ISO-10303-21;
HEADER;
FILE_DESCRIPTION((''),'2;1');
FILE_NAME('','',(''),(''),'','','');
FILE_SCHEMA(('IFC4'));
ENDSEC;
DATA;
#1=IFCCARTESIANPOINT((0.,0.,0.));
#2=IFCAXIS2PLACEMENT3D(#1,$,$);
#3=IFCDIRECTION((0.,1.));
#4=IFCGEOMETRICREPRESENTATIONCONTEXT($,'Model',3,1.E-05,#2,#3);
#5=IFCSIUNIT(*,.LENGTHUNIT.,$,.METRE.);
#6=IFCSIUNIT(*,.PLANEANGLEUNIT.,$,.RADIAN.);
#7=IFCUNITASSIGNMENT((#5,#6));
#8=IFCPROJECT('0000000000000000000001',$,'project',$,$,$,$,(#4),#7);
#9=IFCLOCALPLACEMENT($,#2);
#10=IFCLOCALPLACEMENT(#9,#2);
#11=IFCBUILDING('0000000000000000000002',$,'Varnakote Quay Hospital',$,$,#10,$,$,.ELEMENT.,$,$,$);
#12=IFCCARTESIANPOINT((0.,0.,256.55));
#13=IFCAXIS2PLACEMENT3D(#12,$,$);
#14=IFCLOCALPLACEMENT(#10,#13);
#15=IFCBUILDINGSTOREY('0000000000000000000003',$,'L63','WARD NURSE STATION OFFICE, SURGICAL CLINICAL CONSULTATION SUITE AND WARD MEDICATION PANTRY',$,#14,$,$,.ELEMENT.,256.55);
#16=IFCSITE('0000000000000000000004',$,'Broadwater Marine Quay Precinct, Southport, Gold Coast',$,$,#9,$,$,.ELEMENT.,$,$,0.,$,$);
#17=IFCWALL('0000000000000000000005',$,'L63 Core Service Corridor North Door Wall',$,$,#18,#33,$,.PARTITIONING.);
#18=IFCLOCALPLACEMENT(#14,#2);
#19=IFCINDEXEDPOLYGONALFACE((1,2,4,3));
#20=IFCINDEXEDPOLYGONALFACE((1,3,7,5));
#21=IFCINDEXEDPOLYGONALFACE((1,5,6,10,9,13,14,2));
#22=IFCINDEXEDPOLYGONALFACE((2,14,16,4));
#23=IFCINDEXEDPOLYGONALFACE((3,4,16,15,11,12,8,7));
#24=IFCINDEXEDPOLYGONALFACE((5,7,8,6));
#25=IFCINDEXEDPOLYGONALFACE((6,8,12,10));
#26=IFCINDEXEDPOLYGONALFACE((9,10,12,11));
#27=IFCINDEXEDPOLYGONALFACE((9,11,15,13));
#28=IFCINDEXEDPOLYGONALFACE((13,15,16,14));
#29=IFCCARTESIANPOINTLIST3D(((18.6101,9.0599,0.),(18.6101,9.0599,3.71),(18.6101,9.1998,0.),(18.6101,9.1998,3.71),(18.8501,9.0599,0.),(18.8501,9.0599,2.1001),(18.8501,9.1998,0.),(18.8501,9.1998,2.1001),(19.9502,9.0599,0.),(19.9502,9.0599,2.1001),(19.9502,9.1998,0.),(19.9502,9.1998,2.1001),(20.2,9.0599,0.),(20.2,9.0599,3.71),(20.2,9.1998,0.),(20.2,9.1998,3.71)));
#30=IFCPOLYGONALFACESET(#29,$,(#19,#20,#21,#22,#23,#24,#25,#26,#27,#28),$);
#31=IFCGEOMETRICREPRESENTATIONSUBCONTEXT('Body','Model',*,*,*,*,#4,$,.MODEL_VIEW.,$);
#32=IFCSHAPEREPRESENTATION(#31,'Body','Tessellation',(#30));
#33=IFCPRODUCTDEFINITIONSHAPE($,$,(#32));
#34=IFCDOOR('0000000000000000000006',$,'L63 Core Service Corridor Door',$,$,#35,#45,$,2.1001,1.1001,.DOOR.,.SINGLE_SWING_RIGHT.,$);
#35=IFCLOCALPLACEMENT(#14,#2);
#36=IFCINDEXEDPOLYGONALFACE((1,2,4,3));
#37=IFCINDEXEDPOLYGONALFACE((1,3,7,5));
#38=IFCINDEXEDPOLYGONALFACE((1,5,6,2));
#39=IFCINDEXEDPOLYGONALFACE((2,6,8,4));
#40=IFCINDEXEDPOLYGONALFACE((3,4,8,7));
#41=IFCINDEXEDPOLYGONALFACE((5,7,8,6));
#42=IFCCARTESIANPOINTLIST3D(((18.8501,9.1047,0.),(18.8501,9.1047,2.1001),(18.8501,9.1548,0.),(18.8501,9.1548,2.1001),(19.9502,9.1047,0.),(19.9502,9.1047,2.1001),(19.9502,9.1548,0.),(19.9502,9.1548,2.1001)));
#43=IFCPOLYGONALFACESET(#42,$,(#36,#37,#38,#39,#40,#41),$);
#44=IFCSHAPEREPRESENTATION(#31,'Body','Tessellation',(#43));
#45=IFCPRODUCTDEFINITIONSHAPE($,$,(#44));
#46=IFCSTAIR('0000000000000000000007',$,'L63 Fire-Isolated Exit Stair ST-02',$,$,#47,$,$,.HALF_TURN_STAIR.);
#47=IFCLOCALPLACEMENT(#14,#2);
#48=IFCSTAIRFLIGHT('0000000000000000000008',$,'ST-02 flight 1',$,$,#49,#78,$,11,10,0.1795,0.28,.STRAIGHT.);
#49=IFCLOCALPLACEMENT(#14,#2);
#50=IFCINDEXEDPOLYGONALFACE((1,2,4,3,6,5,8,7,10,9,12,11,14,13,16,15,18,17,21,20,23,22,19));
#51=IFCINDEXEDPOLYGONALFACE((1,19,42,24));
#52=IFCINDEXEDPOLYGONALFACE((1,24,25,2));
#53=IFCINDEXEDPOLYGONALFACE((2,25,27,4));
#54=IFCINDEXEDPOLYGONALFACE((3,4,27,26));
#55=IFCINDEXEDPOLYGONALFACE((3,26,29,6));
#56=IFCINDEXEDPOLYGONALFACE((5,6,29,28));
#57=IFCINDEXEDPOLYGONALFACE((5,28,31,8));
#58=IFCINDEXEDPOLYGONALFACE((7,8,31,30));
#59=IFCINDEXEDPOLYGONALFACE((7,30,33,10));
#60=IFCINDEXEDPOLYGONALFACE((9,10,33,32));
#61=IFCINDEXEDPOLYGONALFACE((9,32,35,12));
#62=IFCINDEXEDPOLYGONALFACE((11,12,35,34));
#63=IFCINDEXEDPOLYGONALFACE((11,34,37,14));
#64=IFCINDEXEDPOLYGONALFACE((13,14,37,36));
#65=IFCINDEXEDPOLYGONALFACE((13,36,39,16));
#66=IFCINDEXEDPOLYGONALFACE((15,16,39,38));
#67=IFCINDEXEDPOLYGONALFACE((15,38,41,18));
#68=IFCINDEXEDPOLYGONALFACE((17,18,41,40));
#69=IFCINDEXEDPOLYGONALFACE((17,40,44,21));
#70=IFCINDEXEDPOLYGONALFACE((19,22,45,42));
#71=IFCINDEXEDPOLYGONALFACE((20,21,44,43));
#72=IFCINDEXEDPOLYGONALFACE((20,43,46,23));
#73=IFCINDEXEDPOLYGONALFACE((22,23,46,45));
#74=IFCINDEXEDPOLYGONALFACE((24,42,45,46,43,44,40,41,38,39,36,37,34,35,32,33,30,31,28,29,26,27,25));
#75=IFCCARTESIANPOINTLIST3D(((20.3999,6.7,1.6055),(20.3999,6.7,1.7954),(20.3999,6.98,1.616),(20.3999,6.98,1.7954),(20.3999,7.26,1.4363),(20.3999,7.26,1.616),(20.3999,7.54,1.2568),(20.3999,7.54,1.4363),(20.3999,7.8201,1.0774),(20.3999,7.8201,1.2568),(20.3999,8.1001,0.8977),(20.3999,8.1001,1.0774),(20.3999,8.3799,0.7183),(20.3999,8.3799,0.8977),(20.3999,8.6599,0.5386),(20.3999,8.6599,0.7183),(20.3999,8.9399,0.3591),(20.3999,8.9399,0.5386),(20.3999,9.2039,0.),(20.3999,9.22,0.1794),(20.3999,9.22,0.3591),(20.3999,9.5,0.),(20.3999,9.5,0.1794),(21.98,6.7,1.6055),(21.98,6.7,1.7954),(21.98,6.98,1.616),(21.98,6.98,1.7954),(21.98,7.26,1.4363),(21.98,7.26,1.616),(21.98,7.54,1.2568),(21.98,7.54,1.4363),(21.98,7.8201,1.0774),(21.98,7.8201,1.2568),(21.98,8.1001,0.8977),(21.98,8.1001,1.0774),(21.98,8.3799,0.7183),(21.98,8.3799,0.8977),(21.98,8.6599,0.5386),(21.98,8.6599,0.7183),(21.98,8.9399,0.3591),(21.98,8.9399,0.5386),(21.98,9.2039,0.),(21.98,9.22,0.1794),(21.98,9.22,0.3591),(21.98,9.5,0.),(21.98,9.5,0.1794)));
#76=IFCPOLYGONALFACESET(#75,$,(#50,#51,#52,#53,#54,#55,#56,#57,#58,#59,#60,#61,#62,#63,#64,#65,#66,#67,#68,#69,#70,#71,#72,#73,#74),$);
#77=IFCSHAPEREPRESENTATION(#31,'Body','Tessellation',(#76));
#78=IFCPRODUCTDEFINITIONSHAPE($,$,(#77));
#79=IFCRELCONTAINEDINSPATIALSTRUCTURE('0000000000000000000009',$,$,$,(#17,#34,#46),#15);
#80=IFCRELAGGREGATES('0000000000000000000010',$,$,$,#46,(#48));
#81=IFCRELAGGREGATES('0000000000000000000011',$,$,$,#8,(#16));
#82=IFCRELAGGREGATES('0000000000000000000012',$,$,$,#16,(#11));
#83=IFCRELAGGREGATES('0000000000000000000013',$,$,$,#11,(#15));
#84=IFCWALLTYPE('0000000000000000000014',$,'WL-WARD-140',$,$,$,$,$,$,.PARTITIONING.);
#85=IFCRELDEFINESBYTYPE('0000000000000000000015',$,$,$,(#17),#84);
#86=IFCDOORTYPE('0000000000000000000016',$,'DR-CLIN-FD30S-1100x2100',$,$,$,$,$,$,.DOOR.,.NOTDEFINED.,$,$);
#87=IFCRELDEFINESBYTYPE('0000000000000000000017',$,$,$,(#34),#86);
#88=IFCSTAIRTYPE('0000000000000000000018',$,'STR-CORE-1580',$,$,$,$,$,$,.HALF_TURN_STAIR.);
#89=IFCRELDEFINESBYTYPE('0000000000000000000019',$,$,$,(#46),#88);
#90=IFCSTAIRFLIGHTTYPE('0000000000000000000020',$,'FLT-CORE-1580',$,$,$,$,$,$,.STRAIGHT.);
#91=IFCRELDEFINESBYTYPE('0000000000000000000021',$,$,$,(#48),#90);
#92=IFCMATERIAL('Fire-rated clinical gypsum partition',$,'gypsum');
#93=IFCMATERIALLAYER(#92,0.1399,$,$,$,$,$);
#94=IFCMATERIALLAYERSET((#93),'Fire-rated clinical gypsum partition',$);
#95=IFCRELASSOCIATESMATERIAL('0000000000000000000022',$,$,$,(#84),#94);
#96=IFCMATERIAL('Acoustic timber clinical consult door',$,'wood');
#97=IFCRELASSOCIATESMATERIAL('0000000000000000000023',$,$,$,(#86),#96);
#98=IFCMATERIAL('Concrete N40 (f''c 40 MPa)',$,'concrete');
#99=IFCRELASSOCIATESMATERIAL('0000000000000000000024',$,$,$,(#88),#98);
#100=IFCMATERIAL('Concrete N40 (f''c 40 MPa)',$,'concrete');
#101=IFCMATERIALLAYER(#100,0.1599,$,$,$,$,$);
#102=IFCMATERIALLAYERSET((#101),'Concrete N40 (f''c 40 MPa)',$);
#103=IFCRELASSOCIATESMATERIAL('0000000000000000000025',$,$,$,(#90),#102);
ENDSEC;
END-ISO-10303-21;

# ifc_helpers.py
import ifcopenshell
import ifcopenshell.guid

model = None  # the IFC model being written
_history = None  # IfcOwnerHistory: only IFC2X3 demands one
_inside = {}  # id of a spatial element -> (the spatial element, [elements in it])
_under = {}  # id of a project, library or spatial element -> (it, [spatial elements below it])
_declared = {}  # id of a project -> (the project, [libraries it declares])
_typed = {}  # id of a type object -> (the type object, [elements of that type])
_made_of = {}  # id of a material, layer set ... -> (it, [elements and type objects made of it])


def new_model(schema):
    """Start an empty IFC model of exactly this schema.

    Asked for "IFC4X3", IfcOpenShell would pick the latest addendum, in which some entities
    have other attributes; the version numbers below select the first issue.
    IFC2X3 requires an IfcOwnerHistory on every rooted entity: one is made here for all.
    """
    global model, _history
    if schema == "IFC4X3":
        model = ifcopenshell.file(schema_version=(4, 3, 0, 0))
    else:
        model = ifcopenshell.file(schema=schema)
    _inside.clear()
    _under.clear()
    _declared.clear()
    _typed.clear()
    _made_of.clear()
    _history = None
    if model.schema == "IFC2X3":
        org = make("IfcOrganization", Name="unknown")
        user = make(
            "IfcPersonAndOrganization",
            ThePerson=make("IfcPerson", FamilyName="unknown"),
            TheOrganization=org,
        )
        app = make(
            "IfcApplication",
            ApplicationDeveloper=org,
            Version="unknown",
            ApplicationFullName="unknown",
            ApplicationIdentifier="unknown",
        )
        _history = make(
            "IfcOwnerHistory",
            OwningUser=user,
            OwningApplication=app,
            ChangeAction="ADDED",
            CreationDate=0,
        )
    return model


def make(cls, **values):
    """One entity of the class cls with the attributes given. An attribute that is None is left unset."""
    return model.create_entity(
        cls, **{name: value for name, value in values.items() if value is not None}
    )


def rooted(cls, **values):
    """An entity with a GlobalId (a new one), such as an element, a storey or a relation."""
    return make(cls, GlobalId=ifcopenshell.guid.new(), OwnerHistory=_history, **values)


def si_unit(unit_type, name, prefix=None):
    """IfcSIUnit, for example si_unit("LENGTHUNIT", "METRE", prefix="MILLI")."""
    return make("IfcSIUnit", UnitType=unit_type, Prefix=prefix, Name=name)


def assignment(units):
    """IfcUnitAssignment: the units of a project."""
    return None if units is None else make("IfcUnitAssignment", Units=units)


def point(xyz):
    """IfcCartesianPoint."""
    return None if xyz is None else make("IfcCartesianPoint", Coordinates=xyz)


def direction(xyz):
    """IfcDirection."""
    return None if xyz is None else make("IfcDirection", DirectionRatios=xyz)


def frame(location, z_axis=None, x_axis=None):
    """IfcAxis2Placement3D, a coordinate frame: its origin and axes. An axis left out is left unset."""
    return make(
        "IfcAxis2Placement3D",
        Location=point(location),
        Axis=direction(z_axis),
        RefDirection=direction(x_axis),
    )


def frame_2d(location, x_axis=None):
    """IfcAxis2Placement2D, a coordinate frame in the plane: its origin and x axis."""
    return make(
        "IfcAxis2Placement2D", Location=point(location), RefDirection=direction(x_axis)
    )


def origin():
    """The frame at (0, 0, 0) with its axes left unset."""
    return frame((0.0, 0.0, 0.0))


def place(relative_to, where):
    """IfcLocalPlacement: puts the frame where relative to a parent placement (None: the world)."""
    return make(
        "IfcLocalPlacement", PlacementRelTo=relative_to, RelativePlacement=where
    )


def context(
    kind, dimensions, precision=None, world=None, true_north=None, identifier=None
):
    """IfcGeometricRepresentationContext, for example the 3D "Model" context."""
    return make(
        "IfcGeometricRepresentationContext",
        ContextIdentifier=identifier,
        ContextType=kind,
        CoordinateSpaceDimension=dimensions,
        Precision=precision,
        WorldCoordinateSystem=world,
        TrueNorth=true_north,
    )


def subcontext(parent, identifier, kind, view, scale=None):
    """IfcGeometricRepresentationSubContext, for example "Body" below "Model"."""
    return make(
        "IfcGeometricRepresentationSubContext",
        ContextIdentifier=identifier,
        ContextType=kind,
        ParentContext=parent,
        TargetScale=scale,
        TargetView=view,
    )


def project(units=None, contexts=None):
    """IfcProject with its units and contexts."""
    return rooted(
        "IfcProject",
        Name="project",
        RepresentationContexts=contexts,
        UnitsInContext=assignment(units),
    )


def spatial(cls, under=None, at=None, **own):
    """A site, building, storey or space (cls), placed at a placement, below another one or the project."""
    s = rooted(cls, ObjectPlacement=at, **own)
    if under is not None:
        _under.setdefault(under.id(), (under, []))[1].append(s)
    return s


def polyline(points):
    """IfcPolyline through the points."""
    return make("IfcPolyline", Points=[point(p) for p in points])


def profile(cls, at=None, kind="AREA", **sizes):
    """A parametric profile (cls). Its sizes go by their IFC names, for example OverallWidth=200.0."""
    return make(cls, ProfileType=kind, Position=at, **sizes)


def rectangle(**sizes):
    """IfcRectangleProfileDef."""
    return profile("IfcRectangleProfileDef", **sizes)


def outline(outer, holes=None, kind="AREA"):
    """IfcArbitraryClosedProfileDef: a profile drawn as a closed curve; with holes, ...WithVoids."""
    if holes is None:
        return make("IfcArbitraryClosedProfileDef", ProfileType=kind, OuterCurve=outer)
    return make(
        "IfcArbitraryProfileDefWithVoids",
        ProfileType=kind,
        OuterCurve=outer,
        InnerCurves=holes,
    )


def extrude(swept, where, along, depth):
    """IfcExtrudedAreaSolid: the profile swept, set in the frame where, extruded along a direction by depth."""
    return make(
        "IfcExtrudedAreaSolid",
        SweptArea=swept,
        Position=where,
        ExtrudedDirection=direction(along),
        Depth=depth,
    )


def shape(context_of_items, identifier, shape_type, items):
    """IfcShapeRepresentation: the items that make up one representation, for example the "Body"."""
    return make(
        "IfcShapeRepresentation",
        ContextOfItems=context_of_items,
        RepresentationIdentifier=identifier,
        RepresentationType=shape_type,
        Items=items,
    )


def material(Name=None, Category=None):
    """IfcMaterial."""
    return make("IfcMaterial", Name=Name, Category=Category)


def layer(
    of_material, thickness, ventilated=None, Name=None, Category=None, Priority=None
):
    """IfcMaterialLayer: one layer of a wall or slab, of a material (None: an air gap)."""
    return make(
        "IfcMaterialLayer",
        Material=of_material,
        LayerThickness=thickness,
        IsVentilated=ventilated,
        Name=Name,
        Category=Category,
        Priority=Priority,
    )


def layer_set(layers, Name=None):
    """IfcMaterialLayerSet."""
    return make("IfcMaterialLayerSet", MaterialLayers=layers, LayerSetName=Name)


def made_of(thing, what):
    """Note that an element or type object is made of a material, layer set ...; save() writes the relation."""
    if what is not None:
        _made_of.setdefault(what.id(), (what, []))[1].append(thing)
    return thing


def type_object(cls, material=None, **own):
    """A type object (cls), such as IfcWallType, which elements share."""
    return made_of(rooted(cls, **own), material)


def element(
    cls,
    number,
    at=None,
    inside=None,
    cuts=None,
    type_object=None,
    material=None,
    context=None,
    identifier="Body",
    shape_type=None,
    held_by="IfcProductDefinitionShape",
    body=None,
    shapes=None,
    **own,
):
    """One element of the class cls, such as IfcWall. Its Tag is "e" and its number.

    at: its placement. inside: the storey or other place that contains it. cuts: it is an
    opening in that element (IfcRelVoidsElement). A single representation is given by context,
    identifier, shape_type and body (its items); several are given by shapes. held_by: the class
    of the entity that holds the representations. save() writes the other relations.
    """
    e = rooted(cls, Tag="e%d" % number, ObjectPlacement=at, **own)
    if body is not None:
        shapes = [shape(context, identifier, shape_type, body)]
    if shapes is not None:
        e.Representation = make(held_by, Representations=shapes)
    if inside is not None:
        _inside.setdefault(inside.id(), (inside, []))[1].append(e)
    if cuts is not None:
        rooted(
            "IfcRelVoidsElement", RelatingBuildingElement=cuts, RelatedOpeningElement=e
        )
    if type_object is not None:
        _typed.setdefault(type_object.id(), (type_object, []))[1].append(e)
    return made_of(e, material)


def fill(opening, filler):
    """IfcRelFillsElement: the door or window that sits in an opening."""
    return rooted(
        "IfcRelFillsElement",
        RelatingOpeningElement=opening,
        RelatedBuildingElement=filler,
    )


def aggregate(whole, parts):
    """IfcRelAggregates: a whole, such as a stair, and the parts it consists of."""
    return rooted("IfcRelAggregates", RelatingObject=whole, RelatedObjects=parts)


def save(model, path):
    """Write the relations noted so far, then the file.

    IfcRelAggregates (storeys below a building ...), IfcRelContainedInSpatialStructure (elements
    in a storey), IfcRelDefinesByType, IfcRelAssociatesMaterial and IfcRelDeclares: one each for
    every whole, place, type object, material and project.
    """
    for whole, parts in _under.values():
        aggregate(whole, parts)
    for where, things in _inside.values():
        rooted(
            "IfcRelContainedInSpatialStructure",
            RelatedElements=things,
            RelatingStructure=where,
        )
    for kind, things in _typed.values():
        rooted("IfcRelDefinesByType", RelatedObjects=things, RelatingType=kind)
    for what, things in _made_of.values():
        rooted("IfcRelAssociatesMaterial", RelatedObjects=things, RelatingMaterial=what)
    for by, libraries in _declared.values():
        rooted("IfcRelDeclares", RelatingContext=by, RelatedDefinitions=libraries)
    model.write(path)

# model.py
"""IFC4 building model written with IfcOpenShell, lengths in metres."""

from ifc_helpers import new_model, si_unit, direction, frame, frame_2d, origin, place, context, subcontext, project, spatial, polyline, rectangle, outline, extrude, material, layer, layer_set, type_object, element, fill, aggregate, save


model = new_model("IFC4")

# Units and contexts
model_context = context("Model", 3, precision=1e-05, world=origin(), true_north=direction((0.0, 1.0)))
body_context = subcontext(model_context, "Body", "Model", "MODEL_VIEW")
ifc_project = project(units=[si_unit("LENGTHUNIT", "METRE"), si_unit("PLANEANGLEUNIT", "RADIAN")], contexts=[model_context])

# Site, building, storey
site_placement = place(None, origin())
site = spatial("IfcSite", under=ifc_project, at=site_placement, Name="Broadwater Marine Quay Precinct, Southport, Gold Coast", CompositionType="ELEMENT", RefElevation=0.0)
building_placement = place(site_placement, origin())
building = spatial("IfcBuilding", under=site, at=building_placement, Name="Varnakote Quay Hospital", CompositionType="ELEMENT")
storey_placement = place(building_placement, frame((0.0, 0.0, 256.55)))
storey = spatial("IfcBuildingStorey", under=building, at=storey_placement, Name="L63", Description="WARD NURSE STATION OFFICE, SURGICAL CLINICAL CONSULTATION SUITE AND WARD MEDICATION PANTRY", CompositionType="ELEMENT", Elevation=256.55)

# Wall, opening, door
ifc_material_1 = material(Name="Fire-rated clinical gypsum partition", Category="gypsum")
ifc_layer_1 = layer(ifc_material_1, 0.1399)
ifc_layer_set_1 = layer_set([ifc_layer_1], Name="Fire-rated clinical gypsum partition")
wall_type_1 = type_object("IfcWallType", Name="WL-WARD-140", PredefinedType="PARTITIONING", material=ifc_layer_set_1)
wall_1_placement = place(storey_placement, frame((18.6101, 9.1299, 0.0), z_axis=(0.0, 0.0, 1.0), x_axis=(1.0, 0.0, 0.0)))
wall_1 = element("IfcWall", 1, at=wall_1_placement, inside=storey, type_object=wall_type_1, Name="L63 Core Service Corridor North Door Wall", PredefinedType="PARTITIONING", context=body_context, shape_type="SweptSolid", body=[
    extrude(rectangle(XDim=1.5898, YDim=0.1399, at=frame_2d((0.7949, 0.0))), origin(), (0.0, 0.0, 1.0), 3.71),
])
opening_1_placement = place(wall_1_placement, frame((0.24, 0.0, 0.0)))
opening_1 = element("IfcOpeningElement", 2, at=opening_1_placement, cuts=wall_1, PredefinedType="OPENING", context=body_context, shape_type="SweptSolid", body=[
    extrude(rectangle(XDim=1.1001, YDim=2.1001, at=frame_2d((0.55, 1.05))), frame((0.0, 0.0798, 0.0), z_axis=(0.0, -1.0, 0.0), x_axis=(1.0, 0.0, 0.0)), (0.0, 0.0, 1.0), 0.1599),
])
ifc_material_2 = material(Name="Acoustic timber clinical consult door", Category="wood")
door_type_1 = type_object("IfcDoorType", Name="DR-CLIN-FD30S-1100x2100", OperationType="NOTDEFINED", PredefinedType="DOOR", material=ifc_material_2)
door_1_placement = place(opening_1_placement, origin())
door_1 = element("IfcDoor", 3, at=door_1_placement, inside=storey, type_object=door_type_1, Name="L63 Core Service Corridor Door", OperationType="SINGLE_SWING_RIGHT", OverallHeight=2.1001, OverallWidth=1.1001, PredefinedType="DOOR", context=body_context, shape_type="SweptSolid", body=[
    extrude(rectangle(XDim=1.1001, YDim=2.1001, at=frame_2d((0.55, 1.05))), frame((0.0, 0.0249, 0.0), z_axis=(0.0, -1.0, 0.0), x_axis=(1.0, 0.0, 0.0)), (0.0, 0.0, 1.0), 0.05),
])
fill(opening_1, door_1)

# Stair, stair flight
ifc_material_3 = material(Name="Concrete N40 (f'c 40 MPa)", Category="concrete")
stair_type = type_object("IfcStairType", Name="STR-CORE-1580", PredefinedType="HALF_TURN_STAIR", material=ifc_material_3)
stair_placement = place(storey_placement, origin())
stair = element("IfcStair", 4, at=stair_placement, inside=storey, type_object=stair_type, Name="L63 Fire-Isolated Exit Stair ST-02", PredefinedType="HALF_TURN_STAIR")
ifc_material_4 = material(Name="Concrete N40 (f'c 40 MPa)", Category="concrete")
ifc_layer_2 = layer(ifc_material_4, 0.1599)
ifc_layer_set_2 = layer_set([ifc_layer_2], Name="Concrete N40 (f'c 40 MPa)")
stair_flight_type = type_object("IfcStairFlightType", Name="FLT-CORE-1580", PredefinedType="STRAIGHT", material=ifc_layer_set_2)
stair_flight_placement = place(storey_placement, frame((21.1899, 9.5, 0.0), z_axis=(0.0, 0.0, 1.0), x_axis=(0.0, -1.0, 0.0)))
stair_flight = element("IfcStairFlight", 5, at=stair_flight_placement, type_object=stair_flight_type, Name="ST-02 flight 1", NumberOfRisers=11, NumberOfTreads=10, PredefinedType="STRAIGHT", RiserHeight=0.1795, TreadLength=0.28, context=body_context, shape_type="SweptSolid", body=[
    extrude(outline(polyline([(0.0, 0.0), (0.0, 0.1794), (0.28, 0.1794), (0.28, 0.3591), (0.5601, 0.3591), (0.5601, 0.5386), (0.8401, 0.5386), (0.8401, 0.7183), (1.1201, 0.7183), (1.1201, 0.8977), (1.3999, 0.8977), (1.3999, 1.0774), (1.6799, 1.0774), (1.6799, 1.2568), (1.96, 1.2568), (1.96, 1.4363), (2.24, 1.4363), (2.24, 1.616), (2.52, 1.616), (2.52, 1.7954), (2.8, 1.7954), (2.8, 1.9751), (2.8, 1.6055), (0.2961, 0.0), (0.0, 0.0)])), frame((0.0, 0.79, 0.0), z_axis=(0.0, -1.0, 0.0), x_axis=(1.0, 0.0, 0.0)), (0.0, 0.0, 1.0), 1.5801),
])
aggregate(stair, [stair_flight])

save(model, "model.ifc")
